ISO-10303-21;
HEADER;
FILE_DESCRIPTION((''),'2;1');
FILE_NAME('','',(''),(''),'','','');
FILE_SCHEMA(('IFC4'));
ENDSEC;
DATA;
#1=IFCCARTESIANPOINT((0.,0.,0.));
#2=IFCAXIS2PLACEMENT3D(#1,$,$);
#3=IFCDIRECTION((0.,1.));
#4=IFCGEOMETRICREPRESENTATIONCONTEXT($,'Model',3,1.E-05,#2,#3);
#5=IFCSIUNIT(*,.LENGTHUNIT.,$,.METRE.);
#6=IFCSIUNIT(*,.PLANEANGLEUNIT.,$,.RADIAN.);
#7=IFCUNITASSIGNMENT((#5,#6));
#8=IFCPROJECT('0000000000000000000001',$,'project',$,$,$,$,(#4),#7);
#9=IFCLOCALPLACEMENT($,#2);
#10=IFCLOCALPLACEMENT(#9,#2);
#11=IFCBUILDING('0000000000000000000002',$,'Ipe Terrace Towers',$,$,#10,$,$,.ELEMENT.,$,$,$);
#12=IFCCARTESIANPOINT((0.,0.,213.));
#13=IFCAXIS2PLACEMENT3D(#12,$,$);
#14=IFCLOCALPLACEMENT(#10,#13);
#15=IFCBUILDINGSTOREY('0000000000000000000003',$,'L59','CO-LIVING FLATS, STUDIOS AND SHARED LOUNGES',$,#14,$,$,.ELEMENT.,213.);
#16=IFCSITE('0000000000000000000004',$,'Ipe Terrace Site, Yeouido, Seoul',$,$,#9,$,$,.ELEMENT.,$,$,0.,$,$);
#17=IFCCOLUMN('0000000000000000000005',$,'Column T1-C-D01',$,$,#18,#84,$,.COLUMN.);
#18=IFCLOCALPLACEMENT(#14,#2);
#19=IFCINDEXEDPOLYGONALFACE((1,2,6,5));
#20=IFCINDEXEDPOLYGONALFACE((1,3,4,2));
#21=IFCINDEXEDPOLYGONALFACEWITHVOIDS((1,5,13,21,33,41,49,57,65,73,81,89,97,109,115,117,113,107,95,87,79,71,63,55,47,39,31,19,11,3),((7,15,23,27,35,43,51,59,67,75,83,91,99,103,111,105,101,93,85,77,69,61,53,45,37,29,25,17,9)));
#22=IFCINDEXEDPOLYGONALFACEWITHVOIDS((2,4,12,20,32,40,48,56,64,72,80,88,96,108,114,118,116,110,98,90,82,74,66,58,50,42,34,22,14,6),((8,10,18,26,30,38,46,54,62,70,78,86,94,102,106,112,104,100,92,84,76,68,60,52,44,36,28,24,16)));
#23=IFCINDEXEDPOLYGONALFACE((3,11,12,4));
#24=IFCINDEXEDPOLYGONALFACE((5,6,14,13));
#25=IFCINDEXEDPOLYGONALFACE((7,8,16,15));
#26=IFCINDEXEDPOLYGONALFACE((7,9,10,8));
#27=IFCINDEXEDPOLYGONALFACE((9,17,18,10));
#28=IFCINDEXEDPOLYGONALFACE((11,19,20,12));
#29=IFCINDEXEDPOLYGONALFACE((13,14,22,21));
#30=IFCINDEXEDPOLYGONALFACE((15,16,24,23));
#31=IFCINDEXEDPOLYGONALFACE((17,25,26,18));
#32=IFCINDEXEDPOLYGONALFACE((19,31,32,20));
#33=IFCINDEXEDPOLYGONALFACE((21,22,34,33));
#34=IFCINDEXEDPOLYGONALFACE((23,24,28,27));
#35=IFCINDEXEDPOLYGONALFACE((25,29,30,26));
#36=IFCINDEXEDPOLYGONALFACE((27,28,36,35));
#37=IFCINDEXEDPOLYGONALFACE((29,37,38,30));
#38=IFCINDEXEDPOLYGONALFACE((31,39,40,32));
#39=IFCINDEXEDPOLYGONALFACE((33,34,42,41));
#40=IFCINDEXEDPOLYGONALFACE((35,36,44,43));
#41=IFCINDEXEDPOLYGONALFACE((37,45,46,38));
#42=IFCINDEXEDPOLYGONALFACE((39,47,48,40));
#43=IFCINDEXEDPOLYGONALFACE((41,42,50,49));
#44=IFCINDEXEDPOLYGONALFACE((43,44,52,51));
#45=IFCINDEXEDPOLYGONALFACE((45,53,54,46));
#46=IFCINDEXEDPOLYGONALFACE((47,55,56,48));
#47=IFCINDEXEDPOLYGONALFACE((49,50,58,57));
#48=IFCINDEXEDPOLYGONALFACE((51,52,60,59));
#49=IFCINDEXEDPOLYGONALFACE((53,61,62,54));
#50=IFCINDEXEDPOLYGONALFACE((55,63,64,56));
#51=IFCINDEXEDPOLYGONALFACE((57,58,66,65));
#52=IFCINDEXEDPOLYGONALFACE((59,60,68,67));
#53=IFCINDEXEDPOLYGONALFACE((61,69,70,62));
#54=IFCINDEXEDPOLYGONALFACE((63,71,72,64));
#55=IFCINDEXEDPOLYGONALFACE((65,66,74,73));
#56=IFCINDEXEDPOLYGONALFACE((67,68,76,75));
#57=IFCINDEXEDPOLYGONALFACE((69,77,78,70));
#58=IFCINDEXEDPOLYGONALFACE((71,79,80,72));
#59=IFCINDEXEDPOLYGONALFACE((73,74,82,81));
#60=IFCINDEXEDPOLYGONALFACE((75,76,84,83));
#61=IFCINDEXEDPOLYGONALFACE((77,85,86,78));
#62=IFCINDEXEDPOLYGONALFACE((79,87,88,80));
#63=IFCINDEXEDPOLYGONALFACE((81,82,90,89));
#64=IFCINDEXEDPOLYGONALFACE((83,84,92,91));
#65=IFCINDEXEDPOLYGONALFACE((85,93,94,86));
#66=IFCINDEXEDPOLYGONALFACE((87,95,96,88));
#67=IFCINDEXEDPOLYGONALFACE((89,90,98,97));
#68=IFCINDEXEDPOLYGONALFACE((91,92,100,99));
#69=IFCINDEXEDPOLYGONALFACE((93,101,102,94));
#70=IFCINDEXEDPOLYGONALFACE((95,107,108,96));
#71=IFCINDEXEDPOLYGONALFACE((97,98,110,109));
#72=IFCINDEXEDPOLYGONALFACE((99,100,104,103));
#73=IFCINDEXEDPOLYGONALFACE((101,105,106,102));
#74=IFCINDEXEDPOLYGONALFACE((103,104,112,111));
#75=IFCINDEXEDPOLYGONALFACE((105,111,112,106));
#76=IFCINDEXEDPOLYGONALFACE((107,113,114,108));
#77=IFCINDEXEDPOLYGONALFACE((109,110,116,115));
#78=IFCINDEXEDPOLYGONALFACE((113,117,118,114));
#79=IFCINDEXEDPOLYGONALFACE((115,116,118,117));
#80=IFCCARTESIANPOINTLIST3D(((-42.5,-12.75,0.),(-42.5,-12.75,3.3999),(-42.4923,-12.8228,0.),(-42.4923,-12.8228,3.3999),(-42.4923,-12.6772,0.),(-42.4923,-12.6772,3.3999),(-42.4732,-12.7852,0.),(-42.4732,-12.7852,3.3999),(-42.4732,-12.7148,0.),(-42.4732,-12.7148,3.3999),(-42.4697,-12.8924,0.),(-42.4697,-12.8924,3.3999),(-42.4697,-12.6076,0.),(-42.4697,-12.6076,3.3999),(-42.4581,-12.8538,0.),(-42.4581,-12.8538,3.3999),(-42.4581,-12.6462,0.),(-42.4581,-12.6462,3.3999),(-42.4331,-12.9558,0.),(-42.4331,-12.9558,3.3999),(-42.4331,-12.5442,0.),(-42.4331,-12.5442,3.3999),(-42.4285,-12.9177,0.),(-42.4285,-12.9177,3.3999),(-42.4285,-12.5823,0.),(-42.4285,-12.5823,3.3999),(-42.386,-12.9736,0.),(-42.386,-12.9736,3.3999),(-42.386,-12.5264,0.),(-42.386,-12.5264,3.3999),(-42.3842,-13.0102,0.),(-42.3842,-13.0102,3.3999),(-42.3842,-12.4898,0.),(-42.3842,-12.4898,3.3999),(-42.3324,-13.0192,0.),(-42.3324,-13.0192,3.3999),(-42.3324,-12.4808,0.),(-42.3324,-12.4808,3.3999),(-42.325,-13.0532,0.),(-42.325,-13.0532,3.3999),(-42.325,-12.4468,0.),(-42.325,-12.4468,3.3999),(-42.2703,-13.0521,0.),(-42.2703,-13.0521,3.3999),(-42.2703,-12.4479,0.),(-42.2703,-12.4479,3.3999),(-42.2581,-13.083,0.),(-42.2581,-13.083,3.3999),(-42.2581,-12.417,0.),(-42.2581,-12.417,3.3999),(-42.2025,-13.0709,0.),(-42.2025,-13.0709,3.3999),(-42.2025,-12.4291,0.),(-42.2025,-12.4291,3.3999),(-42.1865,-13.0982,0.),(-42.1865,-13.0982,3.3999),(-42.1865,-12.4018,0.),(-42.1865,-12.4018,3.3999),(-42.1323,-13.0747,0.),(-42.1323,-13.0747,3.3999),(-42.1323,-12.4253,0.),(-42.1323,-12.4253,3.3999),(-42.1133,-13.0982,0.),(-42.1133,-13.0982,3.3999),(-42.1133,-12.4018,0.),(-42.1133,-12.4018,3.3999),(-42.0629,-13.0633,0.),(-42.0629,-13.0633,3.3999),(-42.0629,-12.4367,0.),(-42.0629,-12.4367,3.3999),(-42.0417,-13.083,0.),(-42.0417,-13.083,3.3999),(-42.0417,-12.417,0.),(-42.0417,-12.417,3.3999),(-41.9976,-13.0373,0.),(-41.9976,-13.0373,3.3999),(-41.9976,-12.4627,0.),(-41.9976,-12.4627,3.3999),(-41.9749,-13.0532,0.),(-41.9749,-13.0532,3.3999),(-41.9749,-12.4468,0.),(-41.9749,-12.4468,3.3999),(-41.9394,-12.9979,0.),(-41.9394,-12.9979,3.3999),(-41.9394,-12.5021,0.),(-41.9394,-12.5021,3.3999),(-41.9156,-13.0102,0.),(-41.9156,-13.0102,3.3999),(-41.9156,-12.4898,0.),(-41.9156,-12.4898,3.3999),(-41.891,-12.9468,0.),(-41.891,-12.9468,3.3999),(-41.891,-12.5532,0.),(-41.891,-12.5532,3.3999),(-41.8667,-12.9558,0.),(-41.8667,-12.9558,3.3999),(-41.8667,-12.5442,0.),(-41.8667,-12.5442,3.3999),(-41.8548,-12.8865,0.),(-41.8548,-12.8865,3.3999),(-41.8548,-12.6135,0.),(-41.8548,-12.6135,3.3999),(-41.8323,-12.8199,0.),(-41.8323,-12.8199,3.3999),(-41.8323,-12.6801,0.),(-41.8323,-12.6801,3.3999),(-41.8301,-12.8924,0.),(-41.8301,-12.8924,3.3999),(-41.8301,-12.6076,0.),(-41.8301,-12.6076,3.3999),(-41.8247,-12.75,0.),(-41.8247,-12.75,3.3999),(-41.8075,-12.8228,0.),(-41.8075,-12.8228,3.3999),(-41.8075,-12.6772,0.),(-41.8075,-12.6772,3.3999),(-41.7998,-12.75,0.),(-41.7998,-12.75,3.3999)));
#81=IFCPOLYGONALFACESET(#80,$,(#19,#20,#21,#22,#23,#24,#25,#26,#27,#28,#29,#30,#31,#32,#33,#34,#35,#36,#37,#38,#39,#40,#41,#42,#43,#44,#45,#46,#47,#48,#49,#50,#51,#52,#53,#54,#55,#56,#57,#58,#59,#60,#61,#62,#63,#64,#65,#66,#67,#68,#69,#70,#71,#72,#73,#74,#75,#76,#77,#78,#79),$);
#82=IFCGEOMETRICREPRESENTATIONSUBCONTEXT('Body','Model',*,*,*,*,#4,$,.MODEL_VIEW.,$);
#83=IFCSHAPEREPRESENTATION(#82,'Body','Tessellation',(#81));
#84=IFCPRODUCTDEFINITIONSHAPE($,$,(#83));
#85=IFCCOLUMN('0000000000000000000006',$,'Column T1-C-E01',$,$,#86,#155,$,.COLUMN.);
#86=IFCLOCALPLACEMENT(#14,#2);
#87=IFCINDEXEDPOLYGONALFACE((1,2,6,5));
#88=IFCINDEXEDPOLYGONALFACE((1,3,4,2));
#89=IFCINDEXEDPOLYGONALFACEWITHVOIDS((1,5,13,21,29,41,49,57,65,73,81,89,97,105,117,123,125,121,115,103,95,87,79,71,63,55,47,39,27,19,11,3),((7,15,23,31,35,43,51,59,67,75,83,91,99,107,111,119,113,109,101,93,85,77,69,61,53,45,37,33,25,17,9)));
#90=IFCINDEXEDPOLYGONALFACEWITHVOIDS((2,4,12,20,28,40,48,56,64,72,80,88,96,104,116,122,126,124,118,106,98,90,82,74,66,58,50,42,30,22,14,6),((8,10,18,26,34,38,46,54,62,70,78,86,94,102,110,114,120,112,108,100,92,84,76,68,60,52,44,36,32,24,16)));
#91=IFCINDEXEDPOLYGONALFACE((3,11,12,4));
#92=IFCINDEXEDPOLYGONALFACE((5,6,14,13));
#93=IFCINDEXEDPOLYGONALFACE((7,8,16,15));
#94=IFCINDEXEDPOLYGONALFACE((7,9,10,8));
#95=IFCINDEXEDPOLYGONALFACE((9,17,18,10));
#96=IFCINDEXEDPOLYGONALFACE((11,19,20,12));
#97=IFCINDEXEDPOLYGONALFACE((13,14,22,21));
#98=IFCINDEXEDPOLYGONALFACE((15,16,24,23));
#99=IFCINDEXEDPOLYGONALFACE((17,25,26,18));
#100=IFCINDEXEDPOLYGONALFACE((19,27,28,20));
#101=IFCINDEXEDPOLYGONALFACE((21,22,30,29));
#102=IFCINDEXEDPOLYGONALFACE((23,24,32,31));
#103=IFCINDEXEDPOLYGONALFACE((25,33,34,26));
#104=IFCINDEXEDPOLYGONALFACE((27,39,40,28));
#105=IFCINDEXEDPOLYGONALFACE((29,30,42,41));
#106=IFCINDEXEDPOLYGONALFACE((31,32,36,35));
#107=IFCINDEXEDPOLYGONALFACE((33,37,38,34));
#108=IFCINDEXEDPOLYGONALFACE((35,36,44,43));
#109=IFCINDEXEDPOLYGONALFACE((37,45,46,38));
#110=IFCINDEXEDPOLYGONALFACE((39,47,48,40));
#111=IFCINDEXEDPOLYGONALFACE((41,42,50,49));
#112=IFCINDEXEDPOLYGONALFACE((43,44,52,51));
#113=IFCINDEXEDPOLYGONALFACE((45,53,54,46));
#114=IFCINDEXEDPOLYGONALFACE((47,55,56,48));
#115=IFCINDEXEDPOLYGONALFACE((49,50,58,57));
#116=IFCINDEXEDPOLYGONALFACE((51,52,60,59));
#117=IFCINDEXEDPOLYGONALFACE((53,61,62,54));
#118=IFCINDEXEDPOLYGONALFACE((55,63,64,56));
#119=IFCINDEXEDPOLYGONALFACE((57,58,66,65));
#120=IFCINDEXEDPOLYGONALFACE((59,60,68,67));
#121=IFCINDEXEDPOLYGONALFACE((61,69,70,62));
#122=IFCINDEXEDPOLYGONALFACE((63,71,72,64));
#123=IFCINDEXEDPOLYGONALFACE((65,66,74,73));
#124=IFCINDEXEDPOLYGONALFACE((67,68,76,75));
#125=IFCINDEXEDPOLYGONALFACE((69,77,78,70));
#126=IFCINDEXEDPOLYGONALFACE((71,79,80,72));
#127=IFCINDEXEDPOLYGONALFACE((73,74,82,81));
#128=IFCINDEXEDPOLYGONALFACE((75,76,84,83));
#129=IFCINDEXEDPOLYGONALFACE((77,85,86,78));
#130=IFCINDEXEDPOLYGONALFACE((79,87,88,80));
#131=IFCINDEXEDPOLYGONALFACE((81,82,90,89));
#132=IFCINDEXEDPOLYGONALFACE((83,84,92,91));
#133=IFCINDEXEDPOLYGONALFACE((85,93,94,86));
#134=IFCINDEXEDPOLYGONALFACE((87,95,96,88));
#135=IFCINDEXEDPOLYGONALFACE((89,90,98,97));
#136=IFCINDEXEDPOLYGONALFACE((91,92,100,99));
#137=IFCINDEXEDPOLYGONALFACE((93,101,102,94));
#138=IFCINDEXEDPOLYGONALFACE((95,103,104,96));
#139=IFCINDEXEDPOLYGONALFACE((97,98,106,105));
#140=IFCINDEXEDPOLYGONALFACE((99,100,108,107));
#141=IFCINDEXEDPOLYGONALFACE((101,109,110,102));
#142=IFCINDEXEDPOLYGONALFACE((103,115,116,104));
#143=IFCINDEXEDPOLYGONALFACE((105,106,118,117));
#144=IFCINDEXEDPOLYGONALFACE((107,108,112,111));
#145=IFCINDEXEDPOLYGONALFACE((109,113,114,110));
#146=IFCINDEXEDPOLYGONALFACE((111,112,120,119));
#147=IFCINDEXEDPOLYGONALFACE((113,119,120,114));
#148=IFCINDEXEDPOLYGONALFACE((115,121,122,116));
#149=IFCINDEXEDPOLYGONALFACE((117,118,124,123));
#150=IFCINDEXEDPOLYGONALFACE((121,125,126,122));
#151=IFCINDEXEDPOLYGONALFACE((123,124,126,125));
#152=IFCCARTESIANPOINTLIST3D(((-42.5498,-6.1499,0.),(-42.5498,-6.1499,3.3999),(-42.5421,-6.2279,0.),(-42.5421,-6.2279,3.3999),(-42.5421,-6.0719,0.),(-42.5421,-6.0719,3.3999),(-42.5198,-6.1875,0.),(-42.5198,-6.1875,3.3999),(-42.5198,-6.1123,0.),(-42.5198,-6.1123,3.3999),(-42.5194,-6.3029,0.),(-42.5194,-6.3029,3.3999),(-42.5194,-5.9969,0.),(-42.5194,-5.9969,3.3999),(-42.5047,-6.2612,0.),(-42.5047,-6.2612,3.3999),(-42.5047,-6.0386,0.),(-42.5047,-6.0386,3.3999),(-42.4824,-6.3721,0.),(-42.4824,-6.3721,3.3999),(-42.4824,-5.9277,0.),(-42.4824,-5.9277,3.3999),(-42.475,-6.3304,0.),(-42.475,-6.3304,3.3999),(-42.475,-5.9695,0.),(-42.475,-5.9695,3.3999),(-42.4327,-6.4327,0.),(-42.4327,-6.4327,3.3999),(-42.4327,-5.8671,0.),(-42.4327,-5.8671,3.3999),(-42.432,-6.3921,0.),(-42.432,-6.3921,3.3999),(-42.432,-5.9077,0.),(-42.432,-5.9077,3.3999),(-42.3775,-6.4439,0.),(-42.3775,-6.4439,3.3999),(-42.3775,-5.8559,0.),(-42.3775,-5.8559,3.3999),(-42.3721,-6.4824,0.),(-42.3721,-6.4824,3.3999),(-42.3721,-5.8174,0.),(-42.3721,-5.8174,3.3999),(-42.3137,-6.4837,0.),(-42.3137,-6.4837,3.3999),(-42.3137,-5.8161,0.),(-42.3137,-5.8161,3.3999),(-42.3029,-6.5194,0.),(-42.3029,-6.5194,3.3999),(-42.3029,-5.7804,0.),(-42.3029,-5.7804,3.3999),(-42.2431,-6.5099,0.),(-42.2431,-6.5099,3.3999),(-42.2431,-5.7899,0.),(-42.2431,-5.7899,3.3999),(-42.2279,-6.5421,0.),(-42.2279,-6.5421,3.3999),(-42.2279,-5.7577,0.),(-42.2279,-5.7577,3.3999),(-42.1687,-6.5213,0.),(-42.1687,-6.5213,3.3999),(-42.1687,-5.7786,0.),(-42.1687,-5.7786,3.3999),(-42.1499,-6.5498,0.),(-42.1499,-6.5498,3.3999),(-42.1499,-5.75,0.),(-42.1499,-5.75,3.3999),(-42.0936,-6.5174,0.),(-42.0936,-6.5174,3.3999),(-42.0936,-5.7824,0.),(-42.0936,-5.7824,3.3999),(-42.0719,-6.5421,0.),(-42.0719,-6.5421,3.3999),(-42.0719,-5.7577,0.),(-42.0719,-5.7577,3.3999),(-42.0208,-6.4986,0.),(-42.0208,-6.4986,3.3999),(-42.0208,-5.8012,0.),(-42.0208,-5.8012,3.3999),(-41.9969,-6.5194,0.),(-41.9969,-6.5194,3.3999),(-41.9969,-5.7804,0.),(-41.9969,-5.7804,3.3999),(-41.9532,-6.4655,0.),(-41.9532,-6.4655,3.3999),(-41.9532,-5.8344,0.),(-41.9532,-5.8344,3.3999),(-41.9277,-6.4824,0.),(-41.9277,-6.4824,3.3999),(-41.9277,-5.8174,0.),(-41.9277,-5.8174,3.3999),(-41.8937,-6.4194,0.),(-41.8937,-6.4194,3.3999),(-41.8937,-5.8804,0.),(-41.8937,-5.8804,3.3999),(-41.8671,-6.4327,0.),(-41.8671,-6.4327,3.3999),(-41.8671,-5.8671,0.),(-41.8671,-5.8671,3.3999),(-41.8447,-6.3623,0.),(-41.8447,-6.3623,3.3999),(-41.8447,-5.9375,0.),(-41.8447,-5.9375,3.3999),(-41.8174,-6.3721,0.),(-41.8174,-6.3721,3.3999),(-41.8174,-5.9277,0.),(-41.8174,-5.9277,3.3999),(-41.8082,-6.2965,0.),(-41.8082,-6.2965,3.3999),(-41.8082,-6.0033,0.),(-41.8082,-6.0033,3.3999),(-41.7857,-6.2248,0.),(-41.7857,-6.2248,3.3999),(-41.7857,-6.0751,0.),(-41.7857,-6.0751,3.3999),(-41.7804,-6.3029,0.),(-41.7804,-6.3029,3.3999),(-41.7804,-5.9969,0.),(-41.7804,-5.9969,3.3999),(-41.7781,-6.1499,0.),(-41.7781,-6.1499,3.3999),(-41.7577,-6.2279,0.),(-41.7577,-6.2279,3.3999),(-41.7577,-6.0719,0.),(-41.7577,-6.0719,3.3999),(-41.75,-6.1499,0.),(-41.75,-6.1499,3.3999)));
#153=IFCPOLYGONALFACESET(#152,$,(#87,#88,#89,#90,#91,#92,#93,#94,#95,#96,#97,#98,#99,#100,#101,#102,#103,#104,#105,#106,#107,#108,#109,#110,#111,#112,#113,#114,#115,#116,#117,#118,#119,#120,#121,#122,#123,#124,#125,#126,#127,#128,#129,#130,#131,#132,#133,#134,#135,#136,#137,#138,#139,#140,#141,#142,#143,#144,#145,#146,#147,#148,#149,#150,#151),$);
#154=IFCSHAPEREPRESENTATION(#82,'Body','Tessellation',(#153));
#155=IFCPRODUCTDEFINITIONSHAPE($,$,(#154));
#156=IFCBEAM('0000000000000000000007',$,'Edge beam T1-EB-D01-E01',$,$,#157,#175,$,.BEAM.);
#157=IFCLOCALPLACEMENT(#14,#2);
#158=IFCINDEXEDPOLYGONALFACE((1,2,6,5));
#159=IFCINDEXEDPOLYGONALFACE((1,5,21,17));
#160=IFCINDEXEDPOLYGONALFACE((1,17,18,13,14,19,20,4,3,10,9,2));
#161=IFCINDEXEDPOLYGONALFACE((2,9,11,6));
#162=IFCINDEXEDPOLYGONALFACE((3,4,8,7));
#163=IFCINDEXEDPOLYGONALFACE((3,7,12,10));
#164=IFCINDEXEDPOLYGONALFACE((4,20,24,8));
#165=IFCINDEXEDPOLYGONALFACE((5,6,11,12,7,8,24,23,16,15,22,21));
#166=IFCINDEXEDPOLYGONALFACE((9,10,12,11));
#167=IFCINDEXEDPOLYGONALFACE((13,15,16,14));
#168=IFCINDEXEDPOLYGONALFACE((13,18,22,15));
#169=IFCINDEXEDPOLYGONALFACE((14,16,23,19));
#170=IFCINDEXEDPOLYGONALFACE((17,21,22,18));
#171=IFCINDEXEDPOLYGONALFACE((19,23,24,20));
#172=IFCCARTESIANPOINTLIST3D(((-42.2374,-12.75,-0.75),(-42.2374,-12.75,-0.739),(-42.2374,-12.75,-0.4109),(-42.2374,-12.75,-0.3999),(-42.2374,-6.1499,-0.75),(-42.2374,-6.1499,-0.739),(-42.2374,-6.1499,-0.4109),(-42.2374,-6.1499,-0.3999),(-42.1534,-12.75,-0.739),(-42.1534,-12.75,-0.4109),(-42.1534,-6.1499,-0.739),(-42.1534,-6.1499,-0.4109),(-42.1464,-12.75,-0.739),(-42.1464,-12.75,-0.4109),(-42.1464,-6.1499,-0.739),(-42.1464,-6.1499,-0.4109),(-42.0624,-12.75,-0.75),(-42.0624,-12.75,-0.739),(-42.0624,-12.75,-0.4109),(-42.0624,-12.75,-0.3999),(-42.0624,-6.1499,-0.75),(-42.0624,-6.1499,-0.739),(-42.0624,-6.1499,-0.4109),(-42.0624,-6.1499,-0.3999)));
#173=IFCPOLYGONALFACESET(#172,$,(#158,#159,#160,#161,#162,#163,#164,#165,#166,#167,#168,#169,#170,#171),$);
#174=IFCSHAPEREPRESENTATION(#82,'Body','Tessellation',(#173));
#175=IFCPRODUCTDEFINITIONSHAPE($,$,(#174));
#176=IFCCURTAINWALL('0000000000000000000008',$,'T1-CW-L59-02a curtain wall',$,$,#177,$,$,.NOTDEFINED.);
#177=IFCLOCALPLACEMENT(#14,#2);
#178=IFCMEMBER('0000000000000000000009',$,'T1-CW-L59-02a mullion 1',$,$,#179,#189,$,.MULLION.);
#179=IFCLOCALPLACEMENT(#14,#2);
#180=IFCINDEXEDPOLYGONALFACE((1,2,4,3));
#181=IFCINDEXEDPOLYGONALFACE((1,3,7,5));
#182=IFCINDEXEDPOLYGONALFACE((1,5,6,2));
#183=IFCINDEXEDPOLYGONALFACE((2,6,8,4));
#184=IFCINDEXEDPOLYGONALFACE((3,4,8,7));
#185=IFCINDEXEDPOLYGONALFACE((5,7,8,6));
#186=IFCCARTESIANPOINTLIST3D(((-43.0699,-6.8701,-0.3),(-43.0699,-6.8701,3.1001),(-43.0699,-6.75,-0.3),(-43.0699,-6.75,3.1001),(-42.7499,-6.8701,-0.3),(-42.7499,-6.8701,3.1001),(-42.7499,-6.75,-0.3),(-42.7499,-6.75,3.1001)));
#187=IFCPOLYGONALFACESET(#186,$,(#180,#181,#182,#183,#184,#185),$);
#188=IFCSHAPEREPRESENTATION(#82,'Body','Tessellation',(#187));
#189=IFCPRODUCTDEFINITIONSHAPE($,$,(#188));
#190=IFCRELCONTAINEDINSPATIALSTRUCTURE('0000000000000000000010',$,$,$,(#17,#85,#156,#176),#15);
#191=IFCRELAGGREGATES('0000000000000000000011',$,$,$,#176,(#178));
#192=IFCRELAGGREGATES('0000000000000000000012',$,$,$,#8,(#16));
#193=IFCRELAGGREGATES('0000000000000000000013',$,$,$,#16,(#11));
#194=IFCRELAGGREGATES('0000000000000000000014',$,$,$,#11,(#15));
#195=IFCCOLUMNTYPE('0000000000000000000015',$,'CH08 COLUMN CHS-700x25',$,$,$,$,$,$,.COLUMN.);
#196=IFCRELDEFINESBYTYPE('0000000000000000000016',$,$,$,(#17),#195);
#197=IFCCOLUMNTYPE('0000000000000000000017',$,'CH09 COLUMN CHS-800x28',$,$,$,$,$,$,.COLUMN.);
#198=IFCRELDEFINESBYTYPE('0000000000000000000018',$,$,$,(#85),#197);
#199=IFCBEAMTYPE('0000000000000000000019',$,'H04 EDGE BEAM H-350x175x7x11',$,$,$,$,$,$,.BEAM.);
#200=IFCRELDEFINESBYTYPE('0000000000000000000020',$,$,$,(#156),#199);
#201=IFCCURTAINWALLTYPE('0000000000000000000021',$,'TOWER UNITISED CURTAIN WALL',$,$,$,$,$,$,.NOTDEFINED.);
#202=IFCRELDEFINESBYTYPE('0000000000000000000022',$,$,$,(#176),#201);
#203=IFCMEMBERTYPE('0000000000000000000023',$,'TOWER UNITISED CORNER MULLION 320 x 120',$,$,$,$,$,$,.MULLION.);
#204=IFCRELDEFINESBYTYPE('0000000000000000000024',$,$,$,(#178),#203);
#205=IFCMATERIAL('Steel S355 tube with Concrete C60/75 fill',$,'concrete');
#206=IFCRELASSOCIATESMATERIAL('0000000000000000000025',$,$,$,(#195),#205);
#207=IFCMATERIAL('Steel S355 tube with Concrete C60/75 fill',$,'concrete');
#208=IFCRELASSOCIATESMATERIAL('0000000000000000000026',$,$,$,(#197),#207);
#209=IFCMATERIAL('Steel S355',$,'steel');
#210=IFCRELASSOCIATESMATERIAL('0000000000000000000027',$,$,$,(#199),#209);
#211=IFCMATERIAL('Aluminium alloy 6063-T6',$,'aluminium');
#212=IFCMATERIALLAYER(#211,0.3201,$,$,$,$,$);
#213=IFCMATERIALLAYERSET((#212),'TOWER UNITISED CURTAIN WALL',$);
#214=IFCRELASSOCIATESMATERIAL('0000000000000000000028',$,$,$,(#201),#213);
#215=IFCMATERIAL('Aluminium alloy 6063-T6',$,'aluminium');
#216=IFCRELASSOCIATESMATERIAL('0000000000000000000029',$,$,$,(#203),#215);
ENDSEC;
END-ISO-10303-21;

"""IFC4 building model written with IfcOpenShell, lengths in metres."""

from ifc_helpers import new_model, si_unit, direction, frame, origin, origin_2d, place, context, subcontext, project, spatial, rectangle, hollow_circle, i_section, extrude, material, layer, layer_set, material_profile, profile_set, type_object, element, aggregate, save


model = new_model("IFC4")

# Units and contexts
model_context = context("Model", 3, precision=1e-05, world=origin(), true_north=direction((0.0, 1.0)))
body_context = subcontext(model_context, "Body", "Model", "MODEL_VIEW")
ifc_project = project(units=[si_unit("LENGTHUNIT", "METRE"), si_unit("PLANEANGLEUNIT", "RADIAN")], contexts=[model_context])

# Site, building, storey
site_placement = place(None, origin())
site = spatial("IfcSite", under=ifc_project, at=site_placement, Name="Ipe Terrace Site, Yeouido, Seoul", CompositionType="ELEMENT", RefElevation=0.0)
building_placement = place(site_placement, origin())
building = spatial("IfcBuilding", under=site, at=building_placement, Name="Ipe Terrace Towers", CompositionType="ELEMENT")
storey_placement = place(building_placement, frame((0.0, 0.0, 213.0)))
storey = spatial("IfcBuildingStorey", under=building, at=storey_placement, Name="L59", Description="CO-LIVING FLATS, STUDIOS AND SHARED LOUNGES", CompositionType="ELEMENT", Elevation=213.0)

# Columns
ifc_material_1 = material(Name="Steel S355 tube with Concrete C60/75 fill", Category="concrete")
ifc_material_profile_1 = material_profile(ifc_material_1, hollow_circle(Radius=0.3501, WallThickness=0.0249, at=origin_2d()), Name="CHS-700x25")
ifc_profile_set_1 = profile_set([ifc_material_profile_1], Name="Steel S355 tube with Concrete C60/75 fill")
column_type_1 = type_object("IfcColumnType", Name="CH08 COLUMN CHS-700x25", PredefinedType="COLUMN", material=ifc_profile_set_1)
column_1_placement = place(storey_placement, frame((-42.1499, -12.75, 0.0), z_axis=(0.0, 0.0, 1.0), x_axis=(1.0, 0.0, 0.0)))
element("IfcColumn", 1, at=column_1_placement, inside=storey, type_object=column_type_1, Name="Column T1-C-D01", PredefinedType="COLUMN", context=body_context, shape_type="SweptSolid", body=[
    extrude(hollow_circle(Radius=0.3501, WallThickness=0.0249, at=origin_2d()), origin(), (0.0, 0.0, 1.0), 3.3999),
])
ifc_material_2 = material(Name="Steel S355 tube with Concrete C60/75 fill", Category="concrete")
ifc_material_profile_2 = material_profile(ifc_material_2, hollow_circle(Radius=0.3999, WallThickness=0.0281, at=origin_2d()), Name="CHS-800x28")
ifc_profile_set_2 = profile_set([ifc_material_profile_2], Name="Steel S355 tube with Concrete C60/75 fill")
column_type_2 = type_object("IfcColumnType", Name="CH09 COLUMN CHS-800x28", PredefinedType="COLUMN", material=ifc_profile_set_2)
column_2_placement = place(storey_placement, frame((-42.1499, -6.1499, 0.0), z_axis=(0.0, 0.0, 1.0), x_axis=(1.0, 0.0, 0.0)))
element("IfcColumn", 2, at=column_2_placement, inside=storey, type_object=column_type_2, Name="Column T1-C-E01", PredefinedType="COLUMN", context=body_context, shape_type="SweptSolid", body=[
    extrude(hollow_circle(Radius=0.3999, WallThickness=0.0281, at=origin_2d()), origin(), (0.0, 0.0, 1.0), 3.3999),
])

# Beam
ifc_material_3 = material(Name="Steel S355", Category="steel")
ifc_material_profile_3 = material_profile(ifc_material_3, i_section(OverallWidth=0.175, OverallDepth=0.3501, WebThickness=0.0071, FlangeThickness=0.011, at=origin_2d()), Name="H-350x175x7x11")
ifc_profile_set_3 = profile_set([ifc_material_profile_3], Name="Steel S355")
beam_type = type_object("IfcBeamType", Name="H04 EDGE BEAM H-350x175x7x11", PredefinedType="BEAM", material=ifc_profile_set_3)
beam_placement = place(storey_placement, frame((-42.1499, -12.75, -0.575), z_axis=(0.0, 1.0, 0.0), x_axis=(-1.0, 0.0, 0.0)))
element("IfcBeam", 3, at=beam_placement, inside=storey, type_object=beam_type, Name="Edge beam T1-EB-D01-E01", PredefinedType="BEAM", context=body_context, shape_type="SweptSolid", body=[
    extrude(i_section(OverallWidth=0.175, OverallDepth=0.3501, WebThickness=0.0071, FlangeThickness=0.011, at=origin_2d()), origin(), (0.0, 0.0, 1.0), 6.6001),
])

# Curtain wall, member
ifc_material_4 = material(Name="Aluminium alloy 6063-T6", Category="aluminium")
ifc_layer_1 = layer(ifc_material_4, 0.3201)
ifc_layer_set_1 = layer_set([ifc_layer_1], Name="TOWER UNITISED CURTAIN WALL")
curtain_wall_type = type_object("IfcCurtainWallType", Name="TOWER UNITISED CURTAIN WALL", PredefinedType="NOTDEFINED", material=ifc_layer_set_1)
curtain_wall_placement = place(storey_placement, origin())
curtain_wall = element("IfcCurtainWall", 4, at=curtain_wall_placement, inside=storey, type_object=curtain_wall_type, Name="T1-CW-L59-02a curtain wall", PredefinedType="NOTDEFINED")
ifc_material_5 = material(Name="Aluminium alloy 6063-T6", Category="aluminium")
ifc_material_profile_4 = material_profile(ifc_material_5, rectangle(XDim=0.3201, YDim=0.1201, at=origin_2d()), Name="TOWER UNITISED CORNER MULLION 320 x 120")
ifc_profile_set_4 = profile_set([ifc_material_profile_4], Name="Aluminium alloy 6063-T6")
member_type = type_object("IfcMemberType", Name="TOWER UNITISED CORNER MULLION 320 x 120", PredefinedType="MULLION", material=ifc_profile_set_4)
member_1_placement = place(storey_placement, frame((-42.9099, -6.8101, -0.3), z_axis=(0.0, 0.0, 1.0), x_axis=(-1.0, 0.0, 0.0)))
member_1 = element("IfcMember", 5, at=member_1_placement, type_object=member_type, Name="T1-CW-L59-02a mullion 1", PredefinedType="MULLION", context=body_context, shape_type="SweptSolid", body=[
    extrude(rectangle(XDim=0.3201, YDim=0.1201, at=origin_2d()), origin(), (0.0, 0.0, 1.0), 3.4001),
])
aggregate(curtain_wall, [member_1])

save(model, "model.ifc")
